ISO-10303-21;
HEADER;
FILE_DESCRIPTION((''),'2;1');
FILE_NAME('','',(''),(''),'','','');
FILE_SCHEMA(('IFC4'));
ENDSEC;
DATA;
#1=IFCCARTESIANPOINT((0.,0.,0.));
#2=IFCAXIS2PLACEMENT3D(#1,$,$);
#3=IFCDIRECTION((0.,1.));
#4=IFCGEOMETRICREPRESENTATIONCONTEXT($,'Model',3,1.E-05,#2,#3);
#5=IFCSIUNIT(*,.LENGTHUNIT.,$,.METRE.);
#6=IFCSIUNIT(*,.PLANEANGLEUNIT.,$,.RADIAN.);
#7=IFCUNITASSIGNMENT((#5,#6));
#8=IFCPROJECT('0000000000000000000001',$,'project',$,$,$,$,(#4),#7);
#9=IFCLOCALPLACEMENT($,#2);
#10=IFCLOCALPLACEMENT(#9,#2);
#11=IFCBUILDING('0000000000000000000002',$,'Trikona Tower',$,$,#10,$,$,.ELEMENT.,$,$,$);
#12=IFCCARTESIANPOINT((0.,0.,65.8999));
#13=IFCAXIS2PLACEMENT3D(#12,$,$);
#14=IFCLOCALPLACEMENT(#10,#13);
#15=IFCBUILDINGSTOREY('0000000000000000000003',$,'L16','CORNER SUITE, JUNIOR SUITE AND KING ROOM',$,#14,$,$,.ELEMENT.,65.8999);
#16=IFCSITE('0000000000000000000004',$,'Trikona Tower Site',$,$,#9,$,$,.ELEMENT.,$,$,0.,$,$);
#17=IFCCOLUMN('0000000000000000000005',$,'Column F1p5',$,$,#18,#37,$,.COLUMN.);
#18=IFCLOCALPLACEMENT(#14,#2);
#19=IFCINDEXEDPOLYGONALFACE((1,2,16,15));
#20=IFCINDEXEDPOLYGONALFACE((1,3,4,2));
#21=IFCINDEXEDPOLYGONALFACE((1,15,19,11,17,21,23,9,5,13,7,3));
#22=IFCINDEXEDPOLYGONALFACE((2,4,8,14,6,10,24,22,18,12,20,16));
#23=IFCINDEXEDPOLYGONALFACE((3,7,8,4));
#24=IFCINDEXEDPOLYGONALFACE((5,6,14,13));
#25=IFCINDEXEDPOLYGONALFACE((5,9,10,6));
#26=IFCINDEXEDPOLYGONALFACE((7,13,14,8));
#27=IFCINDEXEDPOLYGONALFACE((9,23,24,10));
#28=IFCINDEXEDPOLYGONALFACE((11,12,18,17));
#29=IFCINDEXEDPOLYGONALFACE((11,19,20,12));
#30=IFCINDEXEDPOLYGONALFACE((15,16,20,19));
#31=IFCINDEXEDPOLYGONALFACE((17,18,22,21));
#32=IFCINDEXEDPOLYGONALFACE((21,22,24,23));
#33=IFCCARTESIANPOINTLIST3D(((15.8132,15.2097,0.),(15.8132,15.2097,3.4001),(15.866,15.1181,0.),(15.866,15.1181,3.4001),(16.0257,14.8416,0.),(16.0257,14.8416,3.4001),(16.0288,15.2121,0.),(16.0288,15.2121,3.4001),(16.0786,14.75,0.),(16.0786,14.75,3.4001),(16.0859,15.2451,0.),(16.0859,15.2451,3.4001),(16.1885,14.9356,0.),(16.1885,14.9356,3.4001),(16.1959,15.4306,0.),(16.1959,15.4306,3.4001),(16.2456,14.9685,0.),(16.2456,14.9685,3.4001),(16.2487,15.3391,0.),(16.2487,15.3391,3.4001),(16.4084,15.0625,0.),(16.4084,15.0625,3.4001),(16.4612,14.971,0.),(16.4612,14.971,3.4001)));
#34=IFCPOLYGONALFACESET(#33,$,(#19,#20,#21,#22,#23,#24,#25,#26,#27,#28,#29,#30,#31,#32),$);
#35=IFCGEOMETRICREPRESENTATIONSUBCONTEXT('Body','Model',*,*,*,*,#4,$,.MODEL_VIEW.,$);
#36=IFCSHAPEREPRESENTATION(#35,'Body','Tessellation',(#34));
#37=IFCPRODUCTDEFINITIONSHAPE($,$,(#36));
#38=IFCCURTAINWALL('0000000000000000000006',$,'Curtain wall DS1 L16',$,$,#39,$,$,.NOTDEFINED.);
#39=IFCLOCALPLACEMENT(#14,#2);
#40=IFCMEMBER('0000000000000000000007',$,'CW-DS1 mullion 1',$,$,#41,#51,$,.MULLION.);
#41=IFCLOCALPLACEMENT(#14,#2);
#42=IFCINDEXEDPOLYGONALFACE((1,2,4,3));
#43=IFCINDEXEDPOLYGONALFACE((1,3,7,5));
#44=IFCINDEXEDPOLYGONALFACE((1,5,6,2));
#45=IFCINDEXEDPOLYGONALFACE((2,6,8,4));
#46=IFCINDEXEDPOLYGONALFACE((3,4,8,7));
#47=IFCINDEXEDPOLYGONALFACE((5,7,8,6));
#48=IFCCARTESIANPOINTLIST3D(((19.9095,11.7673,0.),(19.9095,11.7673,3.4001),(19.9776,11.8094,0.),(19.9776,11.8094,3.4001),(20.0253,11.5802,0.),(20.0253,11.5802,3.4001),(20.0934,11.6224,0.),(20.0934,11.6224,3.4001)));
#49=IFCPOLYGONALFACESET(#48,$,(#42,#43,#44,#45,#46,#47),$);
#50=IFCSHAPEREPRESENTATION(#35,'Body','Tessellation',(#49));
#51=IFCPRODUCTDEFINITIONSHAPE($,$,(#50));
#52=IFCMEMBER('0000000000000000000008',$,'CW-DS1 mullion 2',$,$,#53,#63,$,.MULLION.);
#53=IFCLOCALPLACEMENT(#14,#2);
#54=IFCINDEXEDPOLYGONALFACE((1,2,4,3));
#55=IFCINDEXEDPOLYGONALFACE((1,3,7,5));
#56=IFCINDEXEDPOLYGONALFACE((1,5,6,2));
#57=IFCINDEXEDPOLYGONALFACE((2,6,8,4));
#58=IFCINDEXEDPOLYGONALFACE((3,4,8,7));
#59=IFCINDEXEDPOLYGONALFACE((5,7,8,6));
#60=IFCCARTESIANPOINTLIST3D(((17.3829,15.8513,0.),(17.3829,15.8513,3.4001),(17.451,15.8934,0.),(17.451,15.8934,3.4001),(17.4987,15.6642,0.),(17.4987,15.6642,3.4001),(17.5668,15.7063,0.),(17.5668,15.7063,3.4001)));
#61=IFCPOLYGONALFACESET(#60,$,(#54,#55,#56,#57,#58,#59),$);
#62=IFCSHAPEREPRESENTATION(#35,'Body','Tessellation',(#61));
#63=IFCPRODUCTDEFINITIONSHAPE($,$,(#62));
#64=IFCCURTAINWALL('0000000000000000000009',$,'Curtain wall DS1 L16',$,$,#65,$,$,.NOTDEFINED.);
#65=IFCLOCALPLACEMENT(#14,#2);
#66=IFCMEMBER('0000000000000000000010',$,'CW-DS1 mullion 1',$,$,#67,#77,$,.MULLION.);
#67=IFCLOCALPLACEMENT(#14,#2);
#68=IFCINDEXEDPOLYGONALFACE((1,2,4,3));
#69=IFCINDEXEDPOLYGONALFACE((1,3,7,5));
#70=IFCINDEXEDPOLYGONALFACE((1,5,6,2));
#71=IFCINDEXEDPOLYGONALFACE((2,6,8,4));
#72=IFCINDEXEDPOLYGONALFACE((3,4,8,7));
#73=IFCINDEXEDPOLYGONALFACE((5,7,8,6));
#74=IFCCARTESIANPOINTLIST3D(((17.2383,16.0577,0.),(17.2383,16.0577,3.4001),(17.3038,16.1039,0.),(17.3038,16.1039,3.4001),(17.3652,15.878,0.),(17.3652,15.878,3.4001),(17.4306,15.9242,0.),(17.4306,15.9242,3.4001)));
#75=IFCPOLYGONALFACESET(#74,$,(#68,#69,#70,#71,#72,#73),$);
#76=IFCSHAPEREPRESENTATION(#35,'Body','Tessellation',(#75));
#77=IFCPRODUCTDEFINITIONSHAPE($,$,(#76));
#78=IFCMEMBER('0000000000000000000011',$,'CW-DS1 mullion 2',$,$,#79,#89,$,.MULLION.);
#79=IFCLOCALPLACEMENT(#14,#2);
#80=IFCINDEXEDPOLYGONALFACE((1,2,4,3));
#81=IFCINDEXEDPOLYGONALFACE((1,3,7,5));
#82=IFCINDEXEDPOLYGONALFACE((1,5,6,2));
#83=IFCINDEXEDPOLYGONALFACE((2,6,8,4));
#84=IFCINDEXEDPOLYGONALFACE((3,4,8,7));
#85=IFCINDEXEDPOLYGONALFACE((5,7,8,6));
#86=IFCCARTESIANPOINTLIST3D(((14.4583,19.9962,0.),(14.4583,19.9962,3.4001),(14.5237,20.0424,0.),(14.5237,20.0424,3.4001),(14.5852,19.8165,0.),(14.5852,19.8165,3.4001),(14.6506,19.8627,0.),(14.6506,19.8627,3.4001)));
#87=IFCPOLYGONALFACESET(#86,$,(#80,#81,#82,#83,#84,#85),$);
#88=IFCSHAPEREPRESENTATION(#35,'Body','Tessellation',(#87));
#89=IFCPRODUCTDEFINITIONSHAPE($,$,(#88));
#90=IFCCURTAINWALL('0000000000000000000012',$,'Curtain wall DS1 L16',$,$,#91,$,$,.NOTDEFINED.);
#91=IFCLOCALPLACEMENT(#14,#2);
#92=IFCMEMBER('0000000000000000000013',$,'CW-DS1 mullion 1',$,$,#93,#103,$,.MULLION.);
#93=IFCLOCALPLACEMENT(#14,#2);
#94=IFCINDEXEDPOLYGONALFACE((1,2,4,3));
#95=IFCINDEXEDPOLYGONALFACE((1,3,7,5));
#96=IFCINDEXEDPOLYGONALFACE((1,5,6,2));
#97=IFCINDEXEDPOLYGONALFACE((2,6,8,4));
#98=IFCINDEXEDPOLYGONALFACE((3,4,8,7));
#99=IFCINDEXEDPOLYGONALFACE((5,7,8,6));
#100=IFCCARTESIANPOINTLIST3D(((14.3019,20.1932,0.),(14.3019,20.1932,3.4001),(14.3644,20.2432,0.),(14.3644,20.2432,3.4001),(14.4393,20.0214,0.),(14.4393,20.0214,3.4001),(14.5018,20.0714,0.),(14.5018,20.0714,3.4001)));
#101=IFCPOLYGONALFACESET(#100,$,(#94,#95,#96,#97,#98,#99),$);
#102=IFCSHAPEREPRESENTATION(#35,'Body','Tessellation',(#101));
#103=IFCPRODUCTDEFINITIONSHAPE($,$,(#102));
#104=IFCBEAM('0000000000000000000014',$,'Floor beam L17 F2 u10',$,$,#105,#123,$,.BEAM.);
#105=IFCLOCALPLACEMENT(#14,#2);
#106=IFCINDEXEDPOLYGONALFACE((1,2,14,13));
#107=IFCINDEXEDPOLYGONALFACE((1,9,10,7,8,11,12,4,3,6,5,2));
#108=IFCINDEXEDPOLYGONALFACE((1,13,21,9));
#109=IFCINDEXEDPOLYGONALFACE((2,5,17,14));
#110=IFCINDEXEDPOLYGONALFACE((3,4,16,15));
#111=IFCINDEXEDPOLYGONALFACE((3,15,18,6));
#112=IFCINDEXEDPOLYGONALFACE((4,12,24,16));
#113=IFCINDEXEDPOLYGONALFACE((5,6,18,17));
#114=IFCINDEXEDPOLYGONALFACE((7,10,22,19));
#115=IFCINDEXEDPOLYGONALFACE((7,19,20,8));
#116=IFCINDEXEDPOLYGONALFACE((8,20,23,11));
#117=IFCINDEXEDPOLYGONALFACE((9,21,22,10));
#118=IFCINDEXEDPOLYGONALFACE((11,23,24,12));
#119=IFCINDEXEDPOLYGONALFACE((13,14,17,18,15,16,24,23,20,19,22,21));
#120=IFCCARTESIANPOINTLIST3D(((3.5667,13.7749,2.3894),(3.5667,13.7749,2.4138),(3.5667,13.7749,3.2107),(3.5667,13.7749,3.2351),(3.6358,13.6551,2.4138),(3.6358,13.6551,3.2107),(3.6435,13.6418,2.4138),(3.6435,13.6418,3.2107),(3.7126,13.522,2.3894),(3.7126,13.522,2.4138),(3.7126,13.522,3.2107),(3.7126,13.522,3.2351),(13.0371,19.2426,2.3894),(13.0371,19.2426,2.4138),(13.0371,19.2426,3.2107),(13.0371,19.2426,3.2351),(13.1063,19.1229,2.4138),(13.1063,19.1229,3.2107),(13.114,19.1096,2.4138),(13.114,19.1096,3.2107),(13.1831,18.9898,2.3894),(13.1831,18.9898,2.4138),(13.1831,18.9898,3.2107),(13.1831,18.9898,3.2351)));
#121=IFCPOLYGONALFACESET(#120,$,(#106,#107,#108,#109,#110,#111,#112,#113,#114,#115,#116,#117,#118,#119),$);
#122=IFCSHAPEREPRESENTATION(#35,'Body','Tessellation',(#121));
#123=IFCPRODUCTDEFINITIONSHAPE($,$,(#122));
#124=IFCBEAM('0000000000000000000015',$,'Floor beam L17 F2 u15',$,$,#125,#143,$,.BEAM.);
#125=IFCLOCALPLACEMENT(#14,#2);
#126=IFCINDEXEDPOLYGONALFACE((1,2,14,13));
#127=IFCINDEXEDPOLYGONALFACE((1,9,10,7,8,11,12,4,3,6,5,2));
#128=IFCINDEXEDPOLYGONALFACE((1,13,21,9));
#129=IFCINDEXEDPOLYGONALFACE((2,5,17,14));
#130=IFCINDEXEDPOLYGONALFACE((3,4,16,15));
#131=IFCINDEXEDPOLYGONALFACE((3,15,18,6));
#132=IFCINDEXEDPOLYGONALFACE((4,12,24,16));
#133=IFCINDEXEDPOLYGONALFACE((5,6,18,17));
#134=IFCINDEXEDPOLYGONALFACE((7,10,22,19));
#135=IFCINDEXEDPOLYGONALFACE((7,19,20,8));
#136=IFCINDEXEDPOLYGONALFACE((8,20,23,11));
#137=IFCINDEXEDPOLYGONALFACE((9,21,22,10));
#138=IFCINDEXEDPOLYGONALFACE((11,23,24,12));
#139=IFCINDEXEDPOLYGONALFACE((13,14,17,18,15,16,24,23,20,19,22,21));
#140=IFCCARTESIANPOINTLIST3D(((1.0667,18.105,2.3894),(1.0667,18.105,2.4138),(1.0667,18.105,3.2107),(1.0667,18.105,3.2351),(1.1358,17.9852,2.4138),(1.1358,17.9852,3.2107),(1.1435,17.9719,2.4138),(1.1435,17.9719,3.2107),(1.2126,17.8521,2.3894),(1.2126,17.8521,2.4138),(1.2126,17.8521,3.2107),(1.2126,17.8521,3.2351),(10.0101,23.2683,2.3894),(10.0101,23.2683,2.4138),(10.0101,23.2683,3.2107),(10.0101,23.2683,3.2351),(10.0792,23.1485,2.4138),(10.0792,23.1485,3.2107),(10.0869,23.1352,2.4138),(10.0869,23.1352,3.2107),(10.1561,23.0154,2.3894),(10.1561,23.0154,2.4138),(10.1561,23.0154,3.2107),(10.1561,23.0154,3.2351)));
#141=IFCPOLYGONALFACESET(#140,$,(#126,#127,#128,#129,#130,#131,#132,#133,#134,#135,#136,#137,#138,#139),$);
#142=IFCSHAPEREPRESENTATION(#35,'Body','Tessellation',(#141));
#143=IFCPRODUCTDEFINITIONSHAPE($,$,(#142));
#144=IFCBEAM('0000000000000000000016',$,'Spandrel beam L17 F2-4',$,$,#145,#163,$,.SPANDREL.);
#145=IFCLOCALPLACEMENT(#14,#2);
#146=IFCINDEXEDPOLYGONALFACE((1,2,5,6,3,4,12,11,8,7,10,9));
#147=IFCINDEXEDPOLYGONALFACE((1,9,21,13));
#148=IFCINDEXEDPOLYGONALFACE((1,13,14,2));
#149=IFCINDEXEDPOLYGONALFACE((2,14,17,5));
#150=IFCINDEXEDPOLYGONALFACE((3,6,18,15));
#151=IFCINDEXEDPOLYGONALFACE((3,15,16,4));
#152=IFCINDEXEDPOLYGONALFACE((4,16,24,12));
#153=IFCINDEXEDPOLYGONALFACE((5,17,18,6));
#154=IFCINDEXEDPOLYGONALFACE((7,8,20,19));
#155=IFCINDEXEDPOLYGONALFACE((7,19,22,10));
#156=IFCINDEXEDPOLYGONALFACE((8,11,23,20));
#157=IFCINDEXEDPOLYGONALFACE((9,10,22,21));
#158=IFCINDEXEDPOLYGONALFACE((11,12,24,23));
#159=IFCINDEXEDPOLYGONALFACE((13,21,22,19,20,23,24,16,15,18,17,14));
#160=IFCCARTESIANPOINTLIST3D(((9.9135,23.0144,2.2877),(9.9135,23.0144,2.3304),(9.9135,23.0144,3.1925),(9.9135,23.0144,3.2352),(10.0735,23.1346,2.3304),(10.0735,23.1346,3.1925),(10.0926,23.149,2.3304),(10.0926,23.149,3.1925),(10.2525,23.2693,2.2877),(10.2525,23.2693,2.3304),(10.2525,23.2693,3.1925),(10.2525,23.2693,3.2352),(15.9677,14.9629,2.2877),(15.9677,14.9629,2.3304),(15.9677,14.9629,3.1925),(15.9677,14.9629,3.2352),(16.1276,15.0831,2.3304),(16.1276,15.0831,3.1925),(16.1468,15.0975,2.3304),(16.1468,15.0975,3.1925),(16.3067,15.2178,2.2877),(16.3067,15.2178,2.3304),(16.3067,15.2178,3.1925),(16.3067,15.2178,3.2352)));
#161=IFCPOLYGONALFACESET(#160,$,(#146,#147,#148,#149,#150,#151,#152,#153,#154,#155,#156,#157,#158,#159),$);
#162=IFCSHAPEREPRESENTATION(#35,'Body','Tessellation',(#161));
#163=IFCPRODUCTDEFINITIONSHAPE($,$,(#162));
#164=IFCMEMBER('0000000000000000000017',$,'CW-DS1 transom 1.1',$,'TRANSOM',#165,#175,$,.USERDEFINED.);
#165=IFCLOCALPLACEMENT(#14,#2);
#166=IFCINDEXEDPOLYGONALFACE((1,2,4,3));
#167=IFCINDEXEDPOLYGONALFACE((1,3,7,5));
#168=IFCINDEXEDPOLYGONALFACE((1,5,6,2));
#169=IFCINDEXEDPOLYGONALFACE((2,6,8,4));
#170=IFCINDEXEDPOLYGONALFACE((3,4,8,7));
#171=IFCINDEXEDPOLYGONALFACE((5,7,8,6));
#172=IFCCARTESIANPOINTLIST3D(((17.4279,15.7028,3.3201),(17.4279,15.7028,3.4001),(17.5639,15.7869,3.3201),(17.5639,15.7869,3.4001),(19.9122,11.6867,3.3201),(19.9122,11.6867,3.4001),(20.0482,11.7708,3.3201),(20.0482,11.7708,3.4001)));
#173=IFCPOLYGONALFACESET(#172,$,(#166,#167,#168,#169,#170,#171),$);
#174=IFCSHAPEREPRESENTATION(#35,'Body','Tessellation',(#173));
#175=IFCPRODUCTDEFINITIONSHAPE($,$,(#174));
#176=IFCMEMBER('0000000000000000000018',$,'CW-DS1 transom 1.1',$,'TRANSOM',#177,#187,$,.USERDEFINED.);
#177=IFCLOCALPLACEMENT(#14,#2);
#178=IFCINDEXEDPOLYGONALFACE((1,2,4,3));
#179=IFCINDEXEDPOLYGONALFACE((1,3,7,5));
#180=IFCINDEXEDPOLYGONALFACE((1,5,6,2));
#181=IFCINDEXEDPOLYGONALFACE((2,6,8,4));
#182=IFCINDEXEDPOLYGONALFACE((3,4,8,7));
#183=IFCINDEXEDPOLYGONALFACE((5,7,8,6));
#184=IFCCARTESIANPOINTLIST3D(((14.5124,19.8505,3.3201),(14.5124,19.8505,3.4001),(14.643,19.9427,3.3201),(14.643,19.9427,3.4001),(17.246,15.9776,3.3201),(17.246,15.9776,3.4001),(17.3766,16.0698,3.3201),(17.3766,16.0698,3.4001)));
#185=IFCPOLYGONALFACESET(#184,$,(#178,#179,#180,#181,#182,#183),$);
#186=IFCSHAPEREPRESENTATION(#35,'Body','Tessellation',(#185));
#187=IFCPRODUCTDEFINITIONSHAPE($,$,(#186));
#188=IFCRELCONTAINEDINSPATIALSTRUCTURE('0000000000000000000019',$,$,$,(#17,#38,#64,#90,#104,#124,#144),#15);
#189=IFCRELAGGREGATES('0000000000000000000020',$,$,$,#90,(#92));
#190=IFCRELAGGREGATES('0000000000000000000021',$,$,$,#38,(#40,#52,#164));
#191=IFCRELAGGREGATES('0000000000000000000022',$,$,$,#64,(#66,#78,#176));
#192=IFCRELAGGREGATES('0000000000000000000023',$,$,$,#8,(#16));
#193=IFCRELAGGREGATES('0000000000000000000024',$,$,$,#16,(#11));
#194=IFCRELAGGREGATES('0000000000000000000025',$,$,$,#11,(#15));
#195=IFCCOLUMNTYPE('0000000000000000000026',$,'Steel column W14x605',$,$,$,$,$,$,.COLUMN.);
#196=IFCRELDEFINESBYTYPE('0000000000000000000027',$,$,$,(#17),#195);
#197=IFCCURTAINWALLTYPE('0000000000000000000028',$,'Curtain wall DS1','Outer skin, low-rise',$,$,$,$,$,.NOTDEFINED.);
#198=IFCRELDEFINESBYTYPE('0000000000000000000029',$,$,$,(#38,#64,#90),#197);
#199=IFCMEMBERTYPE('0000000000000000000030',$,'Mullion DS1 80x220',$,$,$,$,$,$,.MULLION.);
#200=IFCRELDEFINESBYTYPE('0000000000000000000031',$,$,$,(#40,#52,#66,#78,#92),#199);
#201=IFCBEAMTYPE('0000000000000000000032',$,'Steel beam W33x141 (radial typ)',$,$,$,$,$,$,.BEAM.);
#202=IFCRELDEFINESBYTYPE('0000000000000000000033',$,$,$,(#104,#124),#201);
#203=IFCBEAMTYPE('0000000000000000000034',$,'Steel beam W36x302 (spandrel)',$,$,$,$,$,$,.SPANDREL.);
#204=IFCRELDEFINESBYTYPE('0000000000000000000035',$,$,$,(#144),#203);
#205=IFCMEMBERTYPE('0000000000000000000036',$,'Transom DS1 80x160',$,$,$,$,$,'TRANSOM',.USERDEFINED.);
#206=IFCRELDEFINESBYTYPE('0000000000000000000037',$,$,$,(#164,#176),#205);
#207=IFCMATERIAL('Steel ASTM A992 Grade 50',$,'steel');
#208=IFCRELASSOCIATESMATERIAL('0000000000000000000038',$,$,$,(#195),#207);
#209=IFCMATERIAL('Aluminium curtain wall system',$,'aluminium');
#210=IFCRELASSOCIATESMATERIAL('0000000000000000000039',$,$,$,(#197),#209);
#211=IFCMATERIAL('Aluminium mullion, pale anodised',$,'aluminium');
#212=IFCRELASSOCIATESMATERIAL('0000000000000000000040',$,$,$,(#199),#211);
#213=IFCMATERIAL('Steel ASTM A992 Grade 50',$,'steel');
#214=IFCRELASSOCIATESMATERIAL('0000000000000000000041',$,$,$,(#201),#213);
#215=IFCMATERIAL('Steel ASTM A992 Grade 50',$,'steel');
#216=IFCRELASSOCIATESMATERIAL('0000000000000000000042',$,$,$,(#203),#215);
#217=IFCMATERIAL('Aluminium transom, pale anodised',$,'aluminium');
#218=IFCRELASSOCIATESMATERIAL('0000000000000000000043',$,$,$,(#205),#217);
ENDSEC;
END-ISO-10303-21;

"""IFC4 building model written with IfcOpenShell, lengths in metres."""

from ifc_helpers import new_model, si_unit, direction, frame, origin, origin_2d, place, context, subcontext, project, spatial, rectangle, i_section, extrude, material, material_profile, profile_set, type_object, element, aggregate, save


model = new_model("IFC4")

# Units and contexts
model_context = context("Model", 3, precision=1e-05, world=origin(), true_north=direction((0.0, 1.0)))
body_context = subcontext(model_context, "Body", "Model", "MODEL_VIEW")
ifc_project = project(units=[si_unit("LENGTHUNIT", "METRE"), si_unit("PLANEANGLEUNIT", "RADIAN")], contexts=[model_context])

# Site, building, storey
site_placement = place(None, origin())
site = spatial("IfcSite", under=ifc_project, at=site_placement, Name="Trikona Tower Site", CompositionType="ELEMENT", RefElevation=0.0)
building_placement = place(site_placement, origin())
building = spatial("IfcBuilding", under=site, at=building_placement, Name="Trikona Tower", CompositionType="ELEMENT")
storey_placement = place(building_placement, frame((0.0, 0.0, 65.8999)))
storey = spatial("IfcBuildingStorey", under=building, at=storey_placement, Name="L16", Description="CORNER SUITE, JUNIOR SUITE AND KING ROOM", CompositionType="ELEMENT", Elevation=65.8999)

# Column
ifc_material_1 = material(Name="Steel ASTM A992 Grade 50", Category="steel")
ifc_material_profile_1 = material_profile(ifc_material_1, i_section(OverallWidth=0.4419, OverallDepth=0.5308, WebThickness=0.0659, FlangeThickness=0.1057, at=origin_2d()), Name="W14X605")
ifc_profile_set_1 = profile_set([ifc_material_profile_1], Name="Steel ASTM A992 Grade 50")
column_type = type_object("IfcColumnType", Name="Steel column W14x605", PredefinedType="COLUMN", material=ifc_profile_set_1)
column_placement = place(storey_placement, frame((16.1372, 15.0903, 0.0), z_axis=(0.0, 0.0, 1.0), x_axis=(0.866025, 0.5, 0.0)))
element("IfcColumn", 1, at=column_placement, inside=storey, type_object=column_type, Name="Column F1p5", PredefinedType="COLUMN", context=body_context, shape_type="SweptSolid", body=[
    extrude(i_section(OverallWidth=0.4419, OverallDepth=0.5308, WebThickness=0.0659, FlangeThickness=0.1057, at=origin_2d()), origin(), (0.0, 0.0, 1.0), 3.4001),
])

# Curtain walls, members
ifc_material_2 = material(Name="Aluminium curtain wall system", Category="aluminium")
curtain_wall_type = type_object("IfcCurtainWallType", Name="Curtain wall DS1", Description="Outer skin, low-rise", PredefinedType="NOTDEFINED", material=ifc_material_2)
curtain_wall_1_placement = place(storey_placement, origin())
curtain_wall_1 = element("IfcCurtainWall", 2, at=curtain_wall_1_placement, inside=storey, type_object=curtain_wall_type, Name="Curtain wall DS1 L16", PredefinedType="NOTDEFINED")
ifc_material_3 = material(Name="Aluminium mullion, pale anodised", Category="aluminium")
ifc_material_profile_2 = material_profile(ifc_material_3, rectangle(XDim=0.0801, YDim=0.22, at=origin_2d()), Name="MUL-DS1")
ifc_profile_set_2 = profile_set([ifc_material_profile_2], Name="Aluminium mullion, pale anodised")
member_type_1 = type_object("IfcMemberType", Name="Mullion DS1 80x220", PredefinedType="MULLION", material=ifc_profile_set_2)
member_1_placement = place(storey_placement, frame((20.0015, 11.6948, 0.0), z_axis=(0.0, 0.0, 1.0), x_axis=(-0.85041, -0.52612, 0.0)))
member_1 = element("IfcMember", 3, at=member_1_placement, type_object=member_type_1, Name="CW-DS1 mullion 1", PredefinedType="MULLION", context=body_context, shape_type="SweptSolid", body=[
    extrude(rectangle(XDim=0.0801, YDim=0.22, at=origin_2d()), origin(), (0.0, 0.0, 1.0), 3.4001),
])
member_2_placement = place(storey_placement, frame((17.4749, 15.7788, 0.0), z_axis=(0.0, 0.0, 1.0), x_axis=(-0.85041, -0.52612, 0.0)))
member_2 = element("IfcMember", 4, at=member_2_placement, type_object=member_type_1, Name="CW-DS1 mullion 2", PredefinedType="MULLION", context=body_context, shape_type="SweptSolid", body=[
    extrude(rectangle(XDim=0.0801, YDim=0.22, at=origin_2d()), origin(), (0.0, 0.0, 1.0), 3.4001),
])
curtain_wall_2_placement = place(storey_placement, origin())
curtain_wall_2 = element("IfcCurtainWall", 5, at=curtain_wall_2_placement, inside=storey, type_object=curtain_wall_type, Name="Curtain wall DS1 L16", PredefinedType="NOTDEFINED")
member_3_placement = place(storey_placement, frame((17.3345, 15.991, 0.0), z_axis=(0.0, 0.0, 1.0), x_axis=(-0.816985, -0.576658, 0.0)))
member_3 = element("IfcMember", 6, at=member_3_placement, type_object=member_type_1, Name="CW-DS1 mullion 1", PredefinedType="MULLION", context=body_context, shape_type="SweptSolid", body=[
    extrude(rectangle(XDim=0.0801, YDim=0.22, at=origin_2d()), origin(), (0.0, 0.0, 1.0), 3.4001),
])
member_4_placement = place(storey_placement, frame((14.5544, 19.9294, 0.0), z_axis=(0.0, 0.0, 1.0), x_axis=(-0.816985, -0.576658, 0.0)))
member_4 = element("IfcMember", 7, at=member_4_placement, type_object=member_type_1, Name="CW-DS1 mullion 2", PredefinedType="MULLION", context=body_context, shape_type="SweptSolid", body=[
    extrude(rectangle(XDim=0.0801, YDim=0.22, at=origin_2d()), origin(), (0.0, 0.0, 1.0), 3.4001),
])

# Curtain wall, member
curtain_wall_3_placement = place(storey_placement, origin())
curtain_wall_3 = element("IfcCurtainWall", 8, at=curtain_wall_3_placement, inside=storey, type_object=curtain_wall_type, Name="Curtain wall DS1 L16", PredefinedType="NOTDEFINED")
member_5_placement = place(storey_placement, frame((14.4019, 20.1323, 0.0), z_axis=(0.0, 0.0, 1.0), x_axis=(-0.780938, -0.624609, 0.0)))
member_5 = element("IfcMember", 9, at=member_5_placement, type_object=member_type_1, Name="CW-DS1 mullion 1", PredefinedType="MULLION", context=body_context, shape_type="SweptSolid", body=[
    extrude(rectangle(XDim=0.0801, YDim=0.22, at=origin_2d()), origin(), (0.0, 0.0, 1.0), 3.4001),
])

# Beams
ifc_material_4 = material(Name="Steel ASTM A992 Grade 50", Category="steel")
ifc_material_profile_3 = material_profile(ifc_material_4, i_section(OverallWidth=0.292, OverallDepth=0.8457, WebThickness=0.0154, FlangeThickness=0.0244, at=origin_2d()), Name="W33X141")
ifc_profile_set_3 = profile_set([ifc_material_profile_3], Name="Steel ASTM A992 Grade 50")
beam_type_1 = type_object("IfcBeamType", Name="Steel beam W33x141 (radial typ)", PredefinedType="BEAM", material=ifc_profile_set_3)
beam_1_placement = place(storey_placement, frame((3.6396, 13.6484, 2.8123), z_axis=(0.866025, 0.5, 0.0), x_axis=(-0.5, 0.866025, 0.0)))
element("IfcBeam", 10, at=beam_1_placement, inside=storey, type_object=beam_type_1, Name="Floor beam L17 F2 u10", PredefinedType="BEAM", context=body_context, shape_type="SweptSolid", body=[
    extrude(i_section(OverallWidth=0.292, OverallDepth=0.8457, WebThickness=0.0154, FlangeThickness=0.0244, at=origin_2d()), origin(), (0.0, 0.0, 1.0), 10.9355),
])
beam_2_placement = place(storey_placement, frame((1.1396, 17.9785, 2.8123), z_axis=(0.86603, 0.499991, 0.0), x_axis=(-0.499991, 0.86603, 0.0)))
element("IfcBeam", 11, at=beam_2_placement, inside=storey, type_object=beam_type_1, Name="Floor beam L17 F2 u15", PredefinedType="BEAM", context=body_context, shape_type="SweptSolid", body=[
    extrude(i_section(OverallWidth=0.292, OverallDepth=0.8457, WebThickness=0.0154, FlangeThickness=0.0244, at=origin_2d()), origin(), (0.0, 0.0, 1.0), 10.3269),
])
ifc_material_5 = material(Name="Steel ASTM A992 Grade 50", Category="steel")
ifc_material_profile_4 = material_profile(ifc_material_5, i_section(OverallWidth=0.4241, OverallDepth=0.9475, WebThickness=0.0239, FlangeThickness=0.0427, at=origin_2d()), Name="W36X302")
ifc_profile_set_4 = profile_set([ifc_material_profile_4], Name="Steel ASTM A992 Grade 50")
beam_type_2 = type_object("IfcBeamType", Name="Steel beam W36x302 (spandrel)", PredefinedType="SPANDREL", material=ifc_profile_set_4)
beam_3_placement = place(storey_placement, frame((16.1372, 15.0903, 2.7615), z_axis=(-0.600988, 0.799258, 0.0), x_axis=(-0.799258, -0.600988, 0.0)))
element("IfcBeam", 12, at=beam_3_placement, inside=storey, type_object=beam_type_2, Name="Spandrel beam L17 F2-4", PredefinedType="SPANDREL", context=body_context, shape_type="SweptSolid", body=[
    extrude(i_section(OverallWidth=0.4241, OverallDepth=0.9475, WebThickness=0.0239, FlangeThickness=0.0427, at=origin_2d()), origin(), (0.0, 0.0, 1.0), 10.0737),
])

# Members
ifc_material_6 = material(Name="Aluminium transom, pale anodised", Category="aluminium")
ifc_material_profile_5 = material_profile(ifc_material_6, rectangle(XDim=0.1599, YDim=0.0801, at=origin_2d()), Name="TRN-DS1")
ifc_profile_set_5 = profile_set([ifc_material_profile_5], Name="Aluminium transom, pale anodised")
member_type_2 = type_object("IfcMemberType", Name="Transom DS1 80x160", ElementType="TRANSOM", PredefinedType="USERDEFINED", material=ifc_profile_set_5)
member_6_placement = place(storey_placement, frame((19.9802, 11.7288, 3.3601), z_axis=(-0.526081, 0.850435, 0.0), x_axis=(-0.850435, -0.526081, 0.0)))
member_6 = element("IfcMember", 13, at=member_6_placement, type_object=member_type_2, Name="CW-DS1 transom 1.1", ObjectType="TRANSOM", PredefinedType="USERDEFINED", context=body_context, shape_type="SweptSolid", body=[
    extrude(rectangle(XDim=0.1599, YDim=0.0801, at=origin_2d()), origin(), (0.0, 0.0, 1.0), 4.7224),
])
member_7_placement = place(storey_placement, frame((17.3113, 16.0237, 3.3601), z_axis=(-0.576645, 0.816995, 0.0), x_axis=(-0.816995, -0.576645, 0.0)))
member_7 = element("IfcMember", 14, at=member_7_placement, type_object=member_type_2, Name="CW-DS1 transom 1.1", ObjectType="TRANSOM", PredefinedType="USERDEFINED", context=body_context, shape_type="SweptSolid", body=[
    extrude(rectangle(XDim=0.1599, YDim=0.0801, at=origin_2d()), origin(), (0.0, 0.0, 1.0), 4.7405),
])
aggregate(curtain_wall_3, [member_5])

aggregate(curtain_wall_1, [member_1, member_2, member_6])
aggregate(curtain_wall_2, [member_3, member_4, member_7])

save(model, "model.ifc")
